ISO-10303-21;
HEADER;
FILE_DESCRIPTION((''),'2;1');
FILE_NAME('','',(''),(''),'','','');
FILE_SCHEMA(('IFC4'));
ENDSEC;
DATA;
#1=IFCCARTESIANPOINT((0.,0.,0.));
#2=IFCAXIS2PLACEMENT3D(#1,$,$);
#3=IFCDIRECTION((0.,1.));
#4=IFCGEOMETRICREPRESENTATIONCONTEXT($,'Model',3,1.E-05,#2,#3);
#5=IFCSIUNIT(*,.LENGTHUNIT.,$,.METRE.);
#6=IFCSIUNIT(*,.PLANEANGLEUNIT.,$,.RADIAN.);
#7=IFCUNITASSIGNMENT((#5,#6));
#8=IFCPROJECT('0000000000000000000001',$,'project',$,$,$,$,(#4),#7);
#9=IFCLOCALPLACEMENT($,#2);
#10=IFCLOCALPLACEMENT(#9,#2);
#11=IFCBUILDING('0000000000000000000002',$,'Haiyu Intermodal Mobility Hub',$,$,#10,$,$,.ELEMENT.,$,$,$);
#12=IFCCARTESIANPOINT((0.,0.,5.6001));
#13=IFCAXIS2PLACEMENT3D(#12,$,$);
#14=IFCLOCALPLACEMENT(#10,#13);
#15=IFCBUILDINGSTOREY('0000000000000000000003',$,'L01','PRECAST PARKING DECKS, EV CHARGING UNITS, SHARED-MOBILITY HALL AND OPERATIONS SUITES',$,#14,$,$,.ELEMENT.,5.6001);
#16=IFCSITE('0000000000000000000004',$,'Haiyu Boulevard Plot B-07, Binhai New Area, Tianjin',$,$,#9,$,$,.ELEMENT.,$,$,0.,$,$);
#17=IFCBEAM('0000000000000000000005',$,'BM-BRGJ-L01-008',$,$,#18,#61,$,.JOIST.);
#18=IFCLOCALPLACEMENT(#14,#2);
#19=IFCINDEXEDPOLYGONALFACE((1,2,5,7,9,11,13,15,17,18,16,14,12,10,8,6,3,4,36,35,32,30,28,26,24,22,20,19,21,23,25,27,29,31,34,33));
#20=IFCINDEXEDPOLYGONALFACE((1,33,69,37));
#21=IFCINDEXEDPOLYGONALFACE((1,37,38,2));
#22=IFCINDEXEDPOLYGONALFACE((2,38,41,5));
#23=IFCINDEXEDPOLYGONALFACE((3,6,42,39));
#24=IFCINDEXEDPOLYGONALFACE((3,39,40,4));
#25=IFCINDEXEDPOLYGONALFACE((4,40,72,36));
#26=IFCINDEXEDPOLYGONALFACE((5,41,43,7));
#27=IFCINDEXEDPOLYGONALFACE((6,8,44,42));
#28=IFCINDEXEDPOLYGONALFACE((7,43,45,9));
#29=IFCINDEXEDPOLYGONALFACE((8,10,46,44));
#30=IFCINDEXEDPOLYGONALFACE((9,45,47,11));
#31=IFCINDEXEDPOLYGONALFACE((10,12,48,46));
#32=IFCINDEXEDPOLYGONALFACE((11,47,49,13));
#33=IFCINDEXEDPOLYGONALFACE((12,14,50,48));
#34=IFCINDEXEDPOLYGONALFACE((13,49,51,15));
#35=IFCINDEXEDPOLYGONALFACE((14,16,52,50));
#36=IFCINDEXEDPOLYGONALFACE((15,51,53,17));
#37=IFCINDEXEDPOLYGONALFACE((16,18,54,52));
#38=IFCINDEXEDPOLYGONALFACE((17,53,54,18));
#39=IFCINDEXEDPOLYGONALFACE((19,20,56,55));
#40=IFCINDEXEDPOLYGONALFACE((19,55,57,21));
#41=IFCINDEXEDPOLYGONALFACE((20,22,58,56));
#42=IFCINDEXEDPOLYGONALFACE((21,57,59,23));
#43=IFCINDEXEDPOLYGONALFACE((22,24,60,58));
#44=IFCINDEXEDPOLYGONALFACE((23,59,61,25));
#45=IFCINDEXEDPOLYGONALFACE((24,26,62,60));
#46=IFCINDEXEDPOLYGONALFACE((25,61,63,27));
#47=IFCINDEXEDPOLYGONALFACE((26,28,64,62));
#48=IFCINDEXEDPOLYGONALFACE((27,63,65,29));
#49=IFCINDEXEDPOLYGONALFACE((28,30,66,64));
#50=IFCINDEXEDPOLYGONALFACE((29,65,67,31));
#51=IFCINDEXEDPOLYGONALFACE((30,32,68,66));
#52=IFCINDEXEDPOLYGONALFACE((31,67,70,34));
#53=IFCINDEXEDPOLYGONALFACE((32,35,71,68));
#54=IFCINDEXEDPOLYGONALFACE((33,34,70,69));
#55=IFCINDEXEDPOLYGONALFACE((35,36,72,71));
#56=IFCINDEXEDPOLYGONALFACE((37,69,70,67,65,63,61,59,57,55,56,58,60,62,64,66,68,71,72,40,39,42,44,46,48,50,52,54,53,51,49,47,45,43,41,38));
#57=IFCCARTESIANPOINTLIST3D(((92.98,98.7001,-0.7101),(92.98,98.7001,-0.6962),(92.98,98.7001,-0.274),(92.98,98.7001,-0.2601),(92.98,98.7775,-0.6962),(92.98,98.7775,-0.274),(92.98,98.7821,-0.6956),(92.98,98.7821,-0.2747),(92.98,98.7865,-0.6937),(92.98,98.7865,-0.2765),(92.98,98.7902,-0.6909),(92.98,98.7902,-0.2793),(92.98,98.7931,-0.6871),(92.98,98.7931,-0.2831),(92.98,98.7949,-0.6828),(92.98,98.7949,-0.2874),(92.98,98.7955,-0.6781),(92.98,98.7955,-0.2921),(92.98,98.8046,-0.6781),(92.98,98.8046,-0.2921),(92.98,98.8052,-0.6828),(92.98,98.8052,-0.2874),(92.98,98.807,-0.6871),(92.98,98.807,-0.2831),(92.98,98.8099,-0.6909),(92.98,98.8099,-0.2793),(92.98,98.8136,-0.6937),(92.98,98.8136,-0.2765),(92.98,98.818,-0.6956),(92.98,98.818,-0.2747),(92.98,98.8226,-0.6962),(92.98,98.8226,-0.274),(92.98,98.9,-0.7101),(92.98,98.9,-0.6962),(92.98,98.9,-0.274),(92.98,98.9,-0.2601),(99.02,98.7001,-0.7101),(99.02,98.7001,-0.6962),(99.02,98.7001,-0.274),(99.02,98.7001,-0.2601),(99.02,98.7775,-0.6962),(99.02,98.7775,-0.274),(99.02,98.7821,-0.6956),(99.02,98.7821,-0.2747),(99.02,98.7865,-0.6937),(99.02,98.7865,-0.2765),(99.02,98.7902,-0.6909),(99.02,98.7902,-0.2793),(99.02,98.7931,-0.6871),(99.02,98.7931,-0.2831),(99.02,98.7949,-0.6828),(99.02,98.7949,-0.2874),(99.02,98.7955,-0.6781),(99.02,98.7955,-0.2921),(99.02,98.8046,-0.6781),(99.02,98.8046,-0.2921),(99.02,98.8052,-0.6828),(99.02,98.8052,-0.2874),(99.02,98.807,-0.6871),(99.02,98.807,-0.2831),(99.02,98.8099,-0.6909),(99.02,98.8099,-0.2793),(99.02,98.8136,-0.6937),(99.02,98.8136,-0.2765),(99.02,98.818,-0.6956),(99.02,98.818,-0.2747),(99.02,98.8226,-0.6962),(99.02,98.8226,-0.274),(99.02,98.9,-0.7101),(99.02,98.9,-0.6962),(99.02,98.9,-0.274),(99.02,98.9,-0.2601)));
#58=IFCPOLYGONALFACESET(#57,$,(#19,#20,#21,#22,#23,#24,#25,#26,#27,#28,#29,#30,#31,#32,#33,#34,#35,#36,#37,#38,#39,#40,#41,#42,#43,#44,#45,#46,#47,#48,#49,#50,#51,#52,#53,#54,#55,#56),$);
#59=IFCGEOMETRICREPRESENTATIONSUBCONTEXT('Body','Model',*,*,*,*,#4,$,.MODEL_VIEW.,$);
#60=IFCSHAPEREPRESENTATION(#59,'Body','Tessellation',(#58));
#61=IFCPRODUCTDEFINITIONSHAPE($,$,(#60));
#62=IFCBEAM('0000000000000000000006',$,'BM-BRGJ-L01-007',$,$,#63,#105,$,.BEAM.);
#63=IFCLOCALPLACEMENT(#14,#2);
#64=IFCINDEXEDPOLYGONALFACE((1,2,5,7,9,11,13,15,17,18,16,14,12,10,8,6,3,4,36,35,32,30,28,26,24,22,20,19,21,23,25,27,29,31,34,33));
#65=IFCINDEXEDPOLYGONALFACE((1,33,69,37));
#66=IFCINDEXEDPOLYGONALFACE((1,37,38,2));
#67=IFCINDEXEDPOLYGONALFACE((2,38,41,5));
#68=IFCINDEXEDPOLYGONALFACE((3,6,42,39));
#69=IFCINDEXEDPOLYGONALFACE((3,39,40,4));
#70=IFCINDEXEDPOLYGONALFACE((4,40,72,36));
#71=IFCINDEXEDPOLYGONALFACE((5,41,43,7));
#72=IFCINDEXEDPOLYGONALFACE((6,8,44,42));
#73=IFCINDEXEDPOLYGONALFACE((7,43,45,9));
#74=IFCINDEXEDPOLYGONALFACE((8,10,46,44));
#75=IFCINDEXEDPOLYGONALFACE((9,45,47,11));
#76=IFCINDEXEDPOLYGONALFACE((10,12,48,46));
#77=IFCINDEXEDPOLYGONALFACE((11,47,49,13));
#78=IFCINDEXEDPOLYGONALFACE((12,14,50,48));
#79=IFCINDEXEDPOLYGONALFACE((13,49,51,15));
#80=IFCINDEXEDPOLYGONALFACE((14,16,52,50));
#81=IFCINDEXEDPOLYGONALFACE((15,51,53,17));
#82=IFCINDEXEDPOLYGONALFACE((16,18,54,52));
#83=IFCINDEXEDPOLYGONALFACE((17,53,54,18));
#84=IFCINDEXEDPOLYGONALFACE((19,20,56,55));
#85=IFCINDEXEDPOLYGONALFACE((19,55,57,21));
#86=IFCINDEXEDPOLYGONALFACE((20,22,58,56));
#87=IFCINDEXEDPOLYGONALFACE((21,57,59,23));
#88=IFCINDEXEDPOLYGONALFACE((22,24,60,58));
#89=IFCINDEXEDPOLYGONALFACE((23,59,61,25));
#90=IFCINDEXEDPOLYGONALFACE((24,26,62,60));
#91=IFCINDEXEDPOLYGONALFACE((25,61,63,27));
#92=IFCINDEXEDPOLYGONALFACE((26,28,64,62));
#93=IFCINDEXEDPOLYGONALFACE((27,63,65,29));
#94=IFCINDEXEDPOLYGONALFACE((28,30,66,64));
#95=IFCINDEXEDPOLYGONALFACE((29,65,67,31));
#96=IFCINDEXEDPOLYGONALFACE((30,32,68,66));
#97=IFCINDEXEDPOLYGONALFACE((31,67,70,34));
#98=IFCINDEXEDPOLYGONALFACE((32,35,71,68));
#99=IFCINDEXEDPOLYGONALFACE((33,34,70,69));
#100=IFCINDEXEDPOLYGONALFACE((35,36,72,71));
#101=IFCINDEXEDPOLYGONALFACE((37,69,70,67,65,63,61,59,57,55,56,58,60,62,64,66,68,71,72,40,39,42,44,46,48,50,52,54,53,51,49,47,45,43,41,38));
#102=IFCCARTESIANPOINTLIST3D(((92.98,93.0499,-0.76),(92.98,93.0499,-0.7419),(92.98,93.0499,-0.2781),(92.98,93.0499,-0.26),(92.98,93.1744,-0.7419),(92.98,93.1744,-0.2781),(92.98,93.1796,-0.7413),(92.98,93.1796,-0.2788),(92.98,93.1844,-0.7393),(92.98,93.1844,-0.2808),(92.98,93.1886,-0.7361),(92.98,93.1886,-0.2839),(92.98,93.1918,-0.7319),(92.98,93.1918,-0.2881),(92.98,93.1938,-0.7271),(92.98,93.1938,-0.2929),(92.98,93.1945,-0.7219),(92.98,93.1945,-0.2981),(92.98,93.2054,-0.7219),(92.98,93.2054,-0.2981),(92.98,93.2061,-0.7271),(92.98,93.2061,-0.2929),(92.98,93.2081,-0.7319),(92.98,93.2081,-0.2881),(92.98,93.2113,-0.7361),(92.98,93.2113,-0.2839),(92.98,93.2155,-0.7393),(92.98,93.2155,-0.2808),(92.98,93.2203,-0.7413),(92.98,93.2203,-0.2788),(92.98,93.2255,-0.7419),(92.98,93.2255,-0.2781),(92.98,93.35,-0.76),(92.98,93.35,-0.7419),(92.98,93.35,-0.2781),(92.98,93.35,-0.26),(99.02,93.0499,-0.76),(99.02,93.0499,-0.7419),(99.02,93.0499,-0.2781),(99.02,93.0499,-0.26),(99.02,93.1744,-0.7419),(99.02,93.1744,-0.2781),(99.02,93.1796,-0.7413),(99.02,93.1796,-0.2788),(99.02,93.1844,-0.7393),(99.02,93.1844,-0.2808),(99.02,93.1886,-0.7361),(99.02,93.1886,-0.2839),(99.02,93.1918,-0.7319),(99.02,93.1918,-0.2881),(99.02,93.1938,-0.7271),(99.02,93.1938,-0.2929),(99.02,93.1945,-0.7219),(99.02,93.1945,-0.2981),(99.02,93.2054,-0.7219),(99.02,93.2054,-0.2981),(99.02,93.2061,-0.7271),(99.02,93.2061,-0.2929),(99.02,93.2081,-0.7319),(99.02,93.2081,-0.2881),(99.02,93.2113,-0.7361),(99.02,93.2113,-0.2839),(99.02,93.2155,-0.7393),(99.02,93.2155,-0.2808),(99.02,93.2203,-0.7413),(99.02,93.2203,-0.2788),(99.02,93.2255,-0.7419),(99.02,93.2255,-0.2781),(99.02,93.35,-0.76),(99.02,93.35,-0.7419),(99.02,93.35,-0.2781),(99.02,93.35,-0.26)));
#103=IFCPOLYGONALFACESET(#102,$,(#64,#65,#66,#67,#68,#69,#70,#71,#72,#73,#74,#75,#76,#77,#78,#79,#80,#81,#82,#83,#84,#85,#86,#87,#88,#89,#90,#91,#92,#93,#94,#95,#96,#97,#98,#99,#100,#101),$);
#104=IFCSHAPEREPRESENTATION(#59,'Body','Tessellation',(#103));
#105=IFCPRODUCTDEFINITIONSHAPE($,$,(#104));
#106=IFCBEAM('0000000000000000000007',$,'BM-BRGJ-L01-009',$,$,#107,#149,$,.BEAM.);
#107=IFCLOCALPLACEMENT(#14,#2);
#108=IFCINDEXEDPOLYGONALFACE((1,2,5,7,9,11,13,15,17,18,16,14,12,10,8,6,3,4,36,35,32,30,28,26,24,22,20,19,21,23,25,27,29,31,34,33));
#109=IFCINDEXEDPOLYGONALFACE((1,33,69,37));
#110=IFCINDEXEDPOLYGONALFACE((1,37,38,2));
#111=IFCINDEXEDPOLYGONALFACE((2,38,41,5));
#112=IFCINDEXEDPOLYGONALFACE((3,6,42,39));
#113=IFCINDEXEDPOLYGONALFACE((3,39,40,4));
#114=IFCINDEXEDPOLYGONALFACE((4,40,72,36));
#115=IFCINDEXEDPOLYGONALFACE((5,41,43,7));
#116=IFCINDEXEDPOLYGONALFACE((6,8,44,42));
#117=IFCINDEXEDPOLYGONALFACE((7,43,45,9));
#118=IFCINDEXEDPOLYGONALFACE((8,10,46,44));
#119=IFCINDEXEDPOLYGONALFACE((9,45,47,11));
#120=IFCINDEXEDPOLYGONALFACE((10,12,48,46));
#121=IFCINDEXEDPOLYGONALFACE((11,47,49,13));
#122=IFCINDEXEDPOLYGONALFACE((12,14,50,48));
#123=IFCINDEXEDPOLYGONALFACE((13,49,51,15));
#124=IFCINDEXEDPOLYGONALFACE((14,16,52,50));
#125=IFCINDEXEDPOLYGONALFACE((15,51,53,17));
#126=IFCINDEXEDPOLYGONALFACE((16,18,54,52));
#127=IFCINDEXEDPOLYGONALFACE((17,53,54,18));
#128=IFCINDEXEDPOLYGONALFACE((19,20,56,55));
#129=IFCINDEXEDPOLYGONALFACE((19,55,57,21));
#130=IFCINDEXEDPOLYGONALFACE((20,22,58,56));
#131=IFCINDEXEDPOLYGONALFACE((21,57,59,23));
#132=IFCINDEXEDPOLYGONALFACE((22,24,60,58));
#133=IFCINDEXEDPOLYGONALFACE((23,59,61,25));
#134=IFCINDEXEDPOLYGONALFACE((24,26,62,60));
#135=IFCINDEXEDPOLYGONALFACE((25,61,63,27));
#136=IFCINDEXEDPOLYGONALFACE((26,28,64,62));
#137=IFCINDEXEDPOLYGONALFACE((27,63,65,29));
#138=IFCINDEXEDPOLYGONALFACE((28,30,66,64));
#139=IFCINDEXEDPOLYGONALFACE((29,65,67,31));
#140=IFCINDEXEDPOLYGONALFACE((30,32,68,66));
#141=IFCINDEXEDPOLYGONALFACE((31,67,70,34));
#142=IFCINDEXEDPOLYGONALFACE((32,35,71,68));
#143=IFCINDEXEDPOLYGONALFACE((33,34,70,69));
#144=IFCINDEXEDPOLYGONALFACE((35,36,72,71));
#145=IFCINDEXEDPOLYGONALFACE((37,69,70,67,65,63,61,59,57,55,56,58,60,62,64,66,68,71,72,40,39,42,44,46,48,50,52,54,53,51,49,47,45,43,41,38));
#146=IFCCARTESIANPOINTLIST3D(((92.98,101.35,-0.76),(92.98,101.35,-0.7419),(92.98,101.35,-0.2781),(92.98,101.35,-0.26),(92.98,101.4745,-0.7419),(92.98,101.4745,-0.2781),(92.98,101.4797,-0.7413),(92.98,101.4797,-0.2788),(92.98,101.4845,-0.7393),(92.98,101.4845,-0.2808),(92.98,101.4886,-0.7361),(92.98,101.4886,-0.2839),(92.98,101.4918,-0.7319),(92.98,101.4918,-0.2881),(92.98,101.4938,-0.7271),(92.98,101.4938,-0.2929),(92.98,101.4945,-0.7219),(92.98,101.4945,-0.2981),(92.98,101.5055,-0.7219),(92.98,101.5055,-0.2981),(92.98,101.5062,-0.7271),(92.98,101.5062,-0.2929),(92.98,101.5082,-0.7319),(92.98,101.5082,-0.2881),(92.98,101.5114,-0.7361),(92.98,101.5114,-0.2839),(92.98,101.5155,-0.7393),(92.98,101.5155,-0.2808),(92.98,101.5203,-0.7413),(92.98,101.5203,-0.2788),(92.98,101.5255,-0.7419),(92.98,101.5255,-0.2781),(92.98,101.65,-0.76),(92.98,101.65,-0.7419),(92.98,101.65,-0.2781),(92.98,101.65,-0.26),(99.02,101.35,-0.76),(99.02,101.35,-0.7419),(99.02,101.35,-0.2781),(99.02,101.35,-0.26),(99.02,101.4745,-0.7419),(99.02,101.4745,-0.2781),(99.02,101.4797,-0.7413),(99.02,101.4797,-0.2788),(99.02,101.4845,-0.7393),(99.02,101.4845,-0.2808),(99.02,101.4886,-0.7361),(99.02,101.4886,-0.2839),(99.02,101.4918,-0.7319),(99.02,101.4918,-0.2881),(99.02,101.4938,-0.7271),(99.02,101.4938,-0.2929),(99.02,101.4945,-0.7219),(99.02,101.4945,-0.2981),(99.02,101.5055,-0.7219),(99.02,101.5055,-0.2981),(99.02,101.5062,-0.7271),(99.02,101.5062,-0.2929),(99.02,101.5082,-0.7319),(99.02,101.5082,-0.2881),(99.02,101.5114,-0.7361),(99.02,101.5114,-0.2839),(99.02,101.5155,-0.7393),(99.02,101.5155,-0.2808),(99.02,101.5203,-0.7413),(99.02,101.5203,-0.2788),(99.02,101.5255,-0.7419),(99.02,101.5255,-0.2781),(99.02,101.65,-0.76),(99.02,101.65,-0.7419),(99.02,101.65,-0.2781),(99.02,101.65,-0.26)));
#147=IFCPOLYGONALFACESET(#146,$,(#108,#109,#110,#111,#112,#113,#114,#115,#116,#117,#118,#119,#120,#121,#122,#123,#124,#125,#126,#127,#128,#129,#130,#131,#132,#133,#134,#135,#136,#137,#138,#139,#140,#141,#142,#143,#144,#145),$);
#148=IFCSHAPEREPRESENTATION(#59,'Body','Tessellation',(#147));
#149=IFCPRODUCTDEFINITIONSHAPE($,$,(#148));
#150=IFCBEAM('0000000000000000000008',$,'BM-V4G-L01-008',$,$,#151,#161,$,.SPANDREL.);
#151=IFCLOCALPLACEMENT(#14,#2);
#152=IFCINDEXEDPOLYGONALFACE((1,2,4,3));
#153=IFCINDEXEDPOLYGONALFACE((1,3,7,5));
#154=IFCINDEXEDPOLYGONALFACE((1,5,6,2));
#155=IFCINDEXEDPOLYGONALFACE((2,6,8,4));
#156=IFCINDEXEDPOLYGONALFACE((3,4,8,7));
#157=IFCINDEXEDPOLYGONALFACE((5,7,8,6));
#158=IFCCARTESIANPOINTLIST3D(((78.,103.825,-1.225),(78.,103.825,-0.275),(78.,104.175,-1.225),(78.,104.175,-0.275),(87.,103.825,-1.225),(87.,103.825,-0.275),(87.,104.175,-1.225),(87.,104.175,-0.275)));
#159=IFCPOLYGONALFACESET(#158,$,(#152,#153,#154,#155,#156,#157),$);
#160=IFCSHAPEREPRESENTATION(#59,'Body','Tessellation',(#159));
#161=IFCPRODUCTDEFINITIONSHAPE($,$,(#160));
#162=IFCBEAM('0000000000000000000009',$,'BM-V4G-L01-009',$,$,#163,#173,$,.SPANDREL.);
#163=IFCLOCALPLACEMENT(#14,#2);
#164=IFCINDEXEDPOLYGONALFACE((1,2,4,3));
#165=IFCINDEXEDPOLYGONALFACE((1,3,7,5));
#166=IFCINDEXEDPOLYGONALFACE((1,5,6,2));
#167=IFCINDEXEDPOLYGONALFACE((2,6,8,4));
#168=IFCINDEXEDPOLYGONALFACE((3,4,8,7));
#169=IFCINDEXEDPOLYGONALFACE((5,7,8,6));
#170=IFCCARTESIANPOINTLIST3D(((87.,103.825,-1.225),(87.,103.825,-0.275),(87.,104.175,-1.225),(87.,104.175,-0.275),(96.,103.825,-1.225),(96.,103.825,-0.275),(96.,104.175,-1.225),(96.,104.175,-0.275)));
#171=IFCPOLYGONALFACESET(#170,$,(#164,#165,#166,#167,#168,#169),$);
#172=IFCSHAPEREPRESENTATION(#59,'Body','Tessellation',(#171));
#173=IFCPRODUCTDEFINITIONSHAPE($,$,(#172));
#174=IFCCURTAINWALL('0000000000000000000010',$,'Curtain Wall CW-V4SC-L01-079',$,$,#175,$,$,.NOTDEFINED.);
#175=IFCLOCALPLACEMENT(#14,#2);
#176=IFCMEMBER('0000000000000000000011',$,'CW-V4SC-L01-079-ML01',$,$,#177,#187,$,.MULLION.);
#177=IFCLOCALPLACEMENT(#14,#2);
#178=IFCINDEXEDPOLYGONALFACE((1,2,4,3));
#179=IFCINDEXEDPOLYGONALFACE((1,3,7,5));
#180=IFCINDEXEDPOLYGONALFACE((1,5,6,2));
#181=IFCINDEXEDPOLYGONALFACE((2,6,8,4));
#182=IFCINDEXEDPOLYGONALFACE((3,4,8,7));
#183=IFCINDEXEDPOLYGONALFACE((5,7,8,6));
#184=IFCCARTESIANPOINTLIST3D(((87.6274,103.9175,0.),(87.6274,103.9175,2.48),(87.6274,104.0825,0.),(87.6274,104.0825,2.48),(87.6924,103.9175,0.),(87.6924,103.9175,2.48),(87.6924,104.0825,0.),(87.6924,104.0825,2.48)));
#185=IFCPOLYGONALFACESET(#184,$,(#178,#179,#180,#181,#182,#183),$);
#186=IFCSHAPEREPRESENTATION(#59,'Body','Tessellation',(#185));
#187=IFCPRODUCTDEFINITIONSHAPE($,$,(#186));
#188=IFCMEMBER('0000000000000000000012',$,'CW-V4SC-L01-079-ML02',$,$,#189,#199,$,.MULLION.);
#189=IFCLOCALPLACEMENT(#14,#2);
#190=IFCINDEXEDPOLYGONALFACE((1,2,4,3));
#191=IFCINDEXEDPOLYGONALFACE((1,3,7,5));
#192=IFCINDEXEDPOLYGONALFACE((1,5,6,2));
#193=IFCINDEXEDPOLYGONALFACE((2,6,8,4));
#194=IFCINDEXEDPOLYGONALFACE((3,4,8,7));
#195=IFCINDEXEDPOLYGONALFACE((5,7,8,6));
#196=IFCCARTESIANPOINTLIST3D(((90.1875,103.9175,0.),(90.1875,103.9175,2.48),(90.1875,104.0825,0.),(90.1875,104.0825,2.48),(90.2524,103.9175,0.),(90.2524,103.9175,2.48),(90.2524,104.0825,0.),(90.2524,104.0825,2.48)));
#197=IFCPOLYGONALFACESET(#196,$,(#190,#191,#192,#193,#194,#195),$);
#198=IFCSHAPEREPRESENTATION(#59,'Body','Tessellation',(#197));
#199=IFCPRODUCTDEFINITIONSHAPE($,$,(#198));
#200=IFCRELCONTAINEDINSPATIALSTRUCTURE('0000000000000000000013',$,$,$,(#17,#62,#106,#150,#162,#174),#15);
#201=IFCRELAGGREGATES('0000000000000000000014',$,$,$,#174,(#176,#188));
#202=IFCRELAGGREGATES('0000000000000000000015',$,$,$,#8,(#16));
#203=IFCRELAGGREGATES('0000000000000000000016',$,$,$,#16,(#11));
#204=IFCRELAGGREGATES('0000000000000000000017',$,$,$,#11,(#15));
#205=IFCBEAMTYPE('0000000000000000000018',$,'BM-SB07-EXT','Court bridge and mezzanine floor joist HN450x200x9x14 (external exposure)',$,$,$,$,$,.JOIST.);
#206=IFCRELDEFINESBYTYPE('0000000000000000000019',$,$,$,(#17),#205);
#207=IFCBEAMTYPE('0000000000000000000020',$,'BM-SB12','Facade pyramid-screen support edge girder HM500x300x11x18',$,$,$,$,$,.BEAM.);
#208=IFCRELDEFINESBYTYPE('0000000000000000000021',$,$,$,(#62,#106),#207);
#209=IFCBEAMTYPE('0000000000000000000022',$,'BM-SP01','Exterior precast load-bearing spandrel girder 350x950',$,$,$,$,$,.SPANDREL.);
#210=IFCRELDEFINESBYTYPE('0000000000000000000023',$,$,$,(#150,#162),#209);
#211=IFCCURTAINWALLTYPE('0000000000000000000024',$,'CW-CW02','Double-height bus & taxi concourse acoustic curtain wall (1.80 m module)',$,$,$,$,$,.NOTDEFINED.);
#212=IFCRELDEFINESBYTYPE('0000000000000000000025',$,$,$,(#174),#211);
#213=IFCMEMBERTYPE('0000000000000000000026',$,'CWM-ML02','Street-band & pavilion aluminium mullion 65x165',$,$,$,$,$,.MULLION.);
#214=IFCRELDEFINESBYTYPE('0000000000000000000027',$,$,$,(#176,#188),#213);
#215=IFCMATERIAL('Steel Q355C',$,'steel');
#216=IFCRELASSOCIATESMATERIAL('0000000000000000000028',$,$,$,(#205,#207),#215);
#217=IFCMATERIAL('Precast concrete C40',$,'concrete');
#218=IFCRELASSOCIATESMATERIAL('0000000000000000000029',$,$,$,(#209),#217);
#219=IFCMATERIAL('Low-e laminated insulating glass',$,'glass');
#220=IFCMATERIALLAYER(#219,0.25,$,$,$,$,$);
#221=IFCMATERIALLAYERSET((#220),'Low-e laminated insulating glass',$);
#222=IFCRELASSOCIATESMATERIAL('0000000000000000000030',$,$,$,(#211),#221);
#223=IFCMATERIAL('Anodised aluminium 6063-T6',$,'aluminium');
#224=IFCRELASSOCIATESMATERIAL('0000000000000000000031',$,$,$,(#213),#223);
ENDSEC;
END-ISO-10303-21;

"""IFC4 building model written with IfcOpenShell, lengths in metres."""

from ifc_helpers import new_model, si_unit, direction, frame, origin, origin_2d, place, context, subcontext, project, spatial, rectangle, i_section, extrude, material, layer, layer_set, material_profile, profile_set, type_object, element, aggregate, save


model = new_model("IFC4")

# Units and contexts
model_context = context("Model", 3, precision=1e-05, world=origin(), true_north=direction((0.0, 1.0)))
body_context = subcontext(model_context, "Body", "Model", "MODEL_VIEW")
ifc_project = project(units=[si_unit("LENGTHUNIT", "METRE"), si_unit("PLANEANGLEUNIT", "RADIAN")], contexts=[model_context])

# Site, building, storey
site_placement = place(None, origin())
site = spatial("IfcSite", under=ifc_project, at=site_placement, Name="Haiyu Boulevard Plot B-07, Binhai New Area, Tianjin", CompositionType="ELEMENT", RefElevation=0.0)
building_placement = place(site_placement, origin())
building = spatial("IfcBuilding", under=site, at=building_placement, Name="Haiyu Intermodal Mobility Hub", CompositionType="ELEMENT")
storey_placement = place(building_placement, frame((0.0, 0.0, 5.6001)))
storey = spatial("IfcBuildingStorey", under=building, at=storey_placement, Name="L01", Description="PRECAST PARKING DECKS, EV CHARGING UNITS, SHARED-MOBILITY HALL AND OPERATIONS SUITES", CompositionType="ELEMENT", Elevation=5.6001)

# Shared definitions
ifc_material_1 = material(Name="Precast concrete C40", Category="concrete")

# Beams
ifc_material_2 = material(Name="Steel Q355C", Category="steel")
ifc_material_profile_1 = material_profile(ifc_material_2, i_section(OverallWidth=0.2, OverallDepth=0.45, WebThickness=0.009, FlangeThickness=0.0139, FilletRadius=0.0181, at=origin_2d()), Name="HN450x200x9x14")
ifc_profile_set_1 = profile_set([ifc_material_profile_1], Name="Steel Q355C")
beam_type_1 = type_object("IfcBeamType", Name="BM-SB07-EXT", Description="Court bridge and mezzanine floor joist HN450x200x9x14 (external exposure)", PredefinedType="JOIST", material=ifc_profile_set_1)
for number, where, z_axis, x_axis, name in (
    (1, (92.98, 98.8, -0.4851), (1.0, 0.0, 0.0), (0.0, 1.0, 0.0), "BM-BRGJ-L01-008"),
):
    element("IfcBeam", number, at=place(storey_placement, frame(where, z_axis=z_axis, x_axis=x_axis)), inside=storey, type_object=beam_type_1, Name=name, PredefinedType="JOIST", context=body_context, shape_type="SweptSolid", body=[
        extrude(i_section(OverallWidth=0.2, OverallDepth=0.45, WebThickness=0.009, FlangeThickness=0.0139, FilletRadius=0.0181, at=origin_2d()), origin(), (0.0, 0.0, 1.0), 6.04),
    ])
ifc_material_profile_2 = material_profile(ifc_material_2, i_section(OverallWidth=0.3, OverallDepth=0.5, WebThickness=0.011, FlangeThickness=0.0181, FilletRadius=0.02, at=origin_2d()), Name="HM500x300x11x18")
ifc_profile_set_2 = profile_set([ifc_material_profile_2], Name="Steel Q355C")
beam_type_2 = type_object("IfcBeamType", Name="BM-SB12", Description="Facade pyramid-screen support edge girder HM500x300x11x18", PredefinedType="BEAM", material=ifc_profile_set_2)
for number, where, z_axis, x_axis, name in (
    (2, (92.98, 93.2, -0.51), (1.0, 0.0, 0.0), (0.0, 1.0, 0.0), "BM-BRGJ-L01-007"),
    (3, (92.98, 101.5, -0.51), (1.0, 0.0, 0.0), (0.0, 1.0, 0.0), "BM-BRGJ-L01-009"),
):
    element("IfcBeam", number, at=place(storey_placement, frame(where, z_axis=z_axis, x_axis=x_axis)), inside=storey, type_object=beam_type_2, Name=name, PredefinedType="BEAM", context=body_context, shape_type="SweptSolid", body=[
        extrude(i_section(OverallWidth=0.3, OverallDepth=0.5, WebThickness=0.011, FlangeThickness=0.0181, FilletRadius=0.02, at=origin_2d()), origin(), (0.0, 0.0, 1.0), 6.04),
    ])
ifc_material_profile_3 = material_profile(ifc_material_1, rectangle(XDim=0.3501, YDim=0.95, at=origin_2d()), Name="PC350x950")
ifc_profile_set_3 = profile_set([ifc_material_profile_3], Name="Precast concrete C40")
beam_type_3 = type_object("IfcBeamType", Name="BM-SP01", Description="Exterior precast load-bearing spandrel girder 350x950", PredefinedType="SPANDREL", material=ifc_profile_set_3)
for number, where, z_axis, x_axis, name in (
    (4, (78.0, 104.0, -0.75), (1.0, 0.0, 0.0), (0.0, 1.0, 0.0), "BM-V4G-L01-008"),
    (5, (87.0, 104.0, -0.75), (1.0, 0.0, 0.0), (0.0, 1.0, 0.0), "BM-V4G-L01-009"),
):
    element("IfcBeam", number, at=place(storey_placement, frame(where, z_axis=z_axis, x_axis=x_axis)), inside=storey, type_object=beam_type_3, Name=name, PredefinedType="SPANDREL", context=body_context, shape_type="SweptSolid", body=[
        extrude(rectangle(XDim=0.3501, YDim=0.95, at=origin_2d()), origin(), (0.0, 0.0, 1.0), 9.0),
    ])

# Curtain wall, members
ifc_material_3 = material(Name="Low-e laminated insulating glass", Category="glass")
ifc_layer_1 = layer(ifc_material_3, 0.25)
ifc_layer_set_1 = layer_set([ifc_layer_1], Name="Low-e laminated insulating glass")
curtain_wall_type_1 = type_object("IfcCurtainWallType", Name="CW-CW02", Description="Double-height bus & taxi concourse acoustic curtain wall (1.80 m module)", PredefinedType="NOTDEFINED", material=ifc_layer_set_1)
curtain_wall_1_placement = place(storey_placement, origin())
curtain_wall_1 = element("IfcCurtainWall", 6, at=curtain_wall_1_placement, inside=storey, type_object=curtain_wall_type_1, Name="Curtain Wall CW-V4SC-L01-079", PredefinedType="NOTDEFINED")
ifc_material_4 = material(Name="Anodised aluminium 6063-T6", Category="aluminium")
ifc_material_profile_4 = material_profile(ifc_material_4, rectangle(XDim=0.0649, YDim=0.165, at=origin_2d()), Name="ALU65x165")
ifc_profile_set_4 = profile_set([ifc_material_profile_4], Name="Anodised aluminium 6063-T6")
member_type_1 = type_object("IfcMemberType", Name="CWM-ML02", Description="Street-band & pavilion aluminium mullion 65x165", PredefinedType="MULLION", material=ifc_profile_set_4)
member_1_placement = place(storey_placement, frame((87.6599, 104.0, 0.0), z_axis=(0.0, 0.0, 1.0), x_axis=(1.0, 0.0, 0.0)))
member_1 = element("IfcMember", 7, at=member_1_placement, type_object=member_type_1, Name="CW-V4SC-L01-079-ML01", PredefinedType="MULLION", context=body_context, shape_type="SweptSolid", body=[
    extrude(rectangle(XDim=0.0649, YDim=0.165, at=origin_2d()), origin(), (0.0, 0.0, 1.0), 2.48),
])
member_2_placement = place(storey_placement, frame((90.22, 104.0, 0.0), z_axis=(0.0, 0.0, 1.0), x_axis=(1.0, 0.0, 0.0)))
member_2 = element("IfcMember", 8, at=member_2_placement, type_object=member_type_1, Name="CW-V4SC-L01-079-ML02", PredefinedType="MULLION", context=body_context, shape_type="SweptSolid", body=[
    extrude(rectangle(XDim=0.0649, YDim=0.165, at=origin_2d()), origin(), (0.0, 0.0, 1.0), 2.48),
])

aggregate(curtain_wall_1, [member_1, member_2])

save(model, "model.ifc")
